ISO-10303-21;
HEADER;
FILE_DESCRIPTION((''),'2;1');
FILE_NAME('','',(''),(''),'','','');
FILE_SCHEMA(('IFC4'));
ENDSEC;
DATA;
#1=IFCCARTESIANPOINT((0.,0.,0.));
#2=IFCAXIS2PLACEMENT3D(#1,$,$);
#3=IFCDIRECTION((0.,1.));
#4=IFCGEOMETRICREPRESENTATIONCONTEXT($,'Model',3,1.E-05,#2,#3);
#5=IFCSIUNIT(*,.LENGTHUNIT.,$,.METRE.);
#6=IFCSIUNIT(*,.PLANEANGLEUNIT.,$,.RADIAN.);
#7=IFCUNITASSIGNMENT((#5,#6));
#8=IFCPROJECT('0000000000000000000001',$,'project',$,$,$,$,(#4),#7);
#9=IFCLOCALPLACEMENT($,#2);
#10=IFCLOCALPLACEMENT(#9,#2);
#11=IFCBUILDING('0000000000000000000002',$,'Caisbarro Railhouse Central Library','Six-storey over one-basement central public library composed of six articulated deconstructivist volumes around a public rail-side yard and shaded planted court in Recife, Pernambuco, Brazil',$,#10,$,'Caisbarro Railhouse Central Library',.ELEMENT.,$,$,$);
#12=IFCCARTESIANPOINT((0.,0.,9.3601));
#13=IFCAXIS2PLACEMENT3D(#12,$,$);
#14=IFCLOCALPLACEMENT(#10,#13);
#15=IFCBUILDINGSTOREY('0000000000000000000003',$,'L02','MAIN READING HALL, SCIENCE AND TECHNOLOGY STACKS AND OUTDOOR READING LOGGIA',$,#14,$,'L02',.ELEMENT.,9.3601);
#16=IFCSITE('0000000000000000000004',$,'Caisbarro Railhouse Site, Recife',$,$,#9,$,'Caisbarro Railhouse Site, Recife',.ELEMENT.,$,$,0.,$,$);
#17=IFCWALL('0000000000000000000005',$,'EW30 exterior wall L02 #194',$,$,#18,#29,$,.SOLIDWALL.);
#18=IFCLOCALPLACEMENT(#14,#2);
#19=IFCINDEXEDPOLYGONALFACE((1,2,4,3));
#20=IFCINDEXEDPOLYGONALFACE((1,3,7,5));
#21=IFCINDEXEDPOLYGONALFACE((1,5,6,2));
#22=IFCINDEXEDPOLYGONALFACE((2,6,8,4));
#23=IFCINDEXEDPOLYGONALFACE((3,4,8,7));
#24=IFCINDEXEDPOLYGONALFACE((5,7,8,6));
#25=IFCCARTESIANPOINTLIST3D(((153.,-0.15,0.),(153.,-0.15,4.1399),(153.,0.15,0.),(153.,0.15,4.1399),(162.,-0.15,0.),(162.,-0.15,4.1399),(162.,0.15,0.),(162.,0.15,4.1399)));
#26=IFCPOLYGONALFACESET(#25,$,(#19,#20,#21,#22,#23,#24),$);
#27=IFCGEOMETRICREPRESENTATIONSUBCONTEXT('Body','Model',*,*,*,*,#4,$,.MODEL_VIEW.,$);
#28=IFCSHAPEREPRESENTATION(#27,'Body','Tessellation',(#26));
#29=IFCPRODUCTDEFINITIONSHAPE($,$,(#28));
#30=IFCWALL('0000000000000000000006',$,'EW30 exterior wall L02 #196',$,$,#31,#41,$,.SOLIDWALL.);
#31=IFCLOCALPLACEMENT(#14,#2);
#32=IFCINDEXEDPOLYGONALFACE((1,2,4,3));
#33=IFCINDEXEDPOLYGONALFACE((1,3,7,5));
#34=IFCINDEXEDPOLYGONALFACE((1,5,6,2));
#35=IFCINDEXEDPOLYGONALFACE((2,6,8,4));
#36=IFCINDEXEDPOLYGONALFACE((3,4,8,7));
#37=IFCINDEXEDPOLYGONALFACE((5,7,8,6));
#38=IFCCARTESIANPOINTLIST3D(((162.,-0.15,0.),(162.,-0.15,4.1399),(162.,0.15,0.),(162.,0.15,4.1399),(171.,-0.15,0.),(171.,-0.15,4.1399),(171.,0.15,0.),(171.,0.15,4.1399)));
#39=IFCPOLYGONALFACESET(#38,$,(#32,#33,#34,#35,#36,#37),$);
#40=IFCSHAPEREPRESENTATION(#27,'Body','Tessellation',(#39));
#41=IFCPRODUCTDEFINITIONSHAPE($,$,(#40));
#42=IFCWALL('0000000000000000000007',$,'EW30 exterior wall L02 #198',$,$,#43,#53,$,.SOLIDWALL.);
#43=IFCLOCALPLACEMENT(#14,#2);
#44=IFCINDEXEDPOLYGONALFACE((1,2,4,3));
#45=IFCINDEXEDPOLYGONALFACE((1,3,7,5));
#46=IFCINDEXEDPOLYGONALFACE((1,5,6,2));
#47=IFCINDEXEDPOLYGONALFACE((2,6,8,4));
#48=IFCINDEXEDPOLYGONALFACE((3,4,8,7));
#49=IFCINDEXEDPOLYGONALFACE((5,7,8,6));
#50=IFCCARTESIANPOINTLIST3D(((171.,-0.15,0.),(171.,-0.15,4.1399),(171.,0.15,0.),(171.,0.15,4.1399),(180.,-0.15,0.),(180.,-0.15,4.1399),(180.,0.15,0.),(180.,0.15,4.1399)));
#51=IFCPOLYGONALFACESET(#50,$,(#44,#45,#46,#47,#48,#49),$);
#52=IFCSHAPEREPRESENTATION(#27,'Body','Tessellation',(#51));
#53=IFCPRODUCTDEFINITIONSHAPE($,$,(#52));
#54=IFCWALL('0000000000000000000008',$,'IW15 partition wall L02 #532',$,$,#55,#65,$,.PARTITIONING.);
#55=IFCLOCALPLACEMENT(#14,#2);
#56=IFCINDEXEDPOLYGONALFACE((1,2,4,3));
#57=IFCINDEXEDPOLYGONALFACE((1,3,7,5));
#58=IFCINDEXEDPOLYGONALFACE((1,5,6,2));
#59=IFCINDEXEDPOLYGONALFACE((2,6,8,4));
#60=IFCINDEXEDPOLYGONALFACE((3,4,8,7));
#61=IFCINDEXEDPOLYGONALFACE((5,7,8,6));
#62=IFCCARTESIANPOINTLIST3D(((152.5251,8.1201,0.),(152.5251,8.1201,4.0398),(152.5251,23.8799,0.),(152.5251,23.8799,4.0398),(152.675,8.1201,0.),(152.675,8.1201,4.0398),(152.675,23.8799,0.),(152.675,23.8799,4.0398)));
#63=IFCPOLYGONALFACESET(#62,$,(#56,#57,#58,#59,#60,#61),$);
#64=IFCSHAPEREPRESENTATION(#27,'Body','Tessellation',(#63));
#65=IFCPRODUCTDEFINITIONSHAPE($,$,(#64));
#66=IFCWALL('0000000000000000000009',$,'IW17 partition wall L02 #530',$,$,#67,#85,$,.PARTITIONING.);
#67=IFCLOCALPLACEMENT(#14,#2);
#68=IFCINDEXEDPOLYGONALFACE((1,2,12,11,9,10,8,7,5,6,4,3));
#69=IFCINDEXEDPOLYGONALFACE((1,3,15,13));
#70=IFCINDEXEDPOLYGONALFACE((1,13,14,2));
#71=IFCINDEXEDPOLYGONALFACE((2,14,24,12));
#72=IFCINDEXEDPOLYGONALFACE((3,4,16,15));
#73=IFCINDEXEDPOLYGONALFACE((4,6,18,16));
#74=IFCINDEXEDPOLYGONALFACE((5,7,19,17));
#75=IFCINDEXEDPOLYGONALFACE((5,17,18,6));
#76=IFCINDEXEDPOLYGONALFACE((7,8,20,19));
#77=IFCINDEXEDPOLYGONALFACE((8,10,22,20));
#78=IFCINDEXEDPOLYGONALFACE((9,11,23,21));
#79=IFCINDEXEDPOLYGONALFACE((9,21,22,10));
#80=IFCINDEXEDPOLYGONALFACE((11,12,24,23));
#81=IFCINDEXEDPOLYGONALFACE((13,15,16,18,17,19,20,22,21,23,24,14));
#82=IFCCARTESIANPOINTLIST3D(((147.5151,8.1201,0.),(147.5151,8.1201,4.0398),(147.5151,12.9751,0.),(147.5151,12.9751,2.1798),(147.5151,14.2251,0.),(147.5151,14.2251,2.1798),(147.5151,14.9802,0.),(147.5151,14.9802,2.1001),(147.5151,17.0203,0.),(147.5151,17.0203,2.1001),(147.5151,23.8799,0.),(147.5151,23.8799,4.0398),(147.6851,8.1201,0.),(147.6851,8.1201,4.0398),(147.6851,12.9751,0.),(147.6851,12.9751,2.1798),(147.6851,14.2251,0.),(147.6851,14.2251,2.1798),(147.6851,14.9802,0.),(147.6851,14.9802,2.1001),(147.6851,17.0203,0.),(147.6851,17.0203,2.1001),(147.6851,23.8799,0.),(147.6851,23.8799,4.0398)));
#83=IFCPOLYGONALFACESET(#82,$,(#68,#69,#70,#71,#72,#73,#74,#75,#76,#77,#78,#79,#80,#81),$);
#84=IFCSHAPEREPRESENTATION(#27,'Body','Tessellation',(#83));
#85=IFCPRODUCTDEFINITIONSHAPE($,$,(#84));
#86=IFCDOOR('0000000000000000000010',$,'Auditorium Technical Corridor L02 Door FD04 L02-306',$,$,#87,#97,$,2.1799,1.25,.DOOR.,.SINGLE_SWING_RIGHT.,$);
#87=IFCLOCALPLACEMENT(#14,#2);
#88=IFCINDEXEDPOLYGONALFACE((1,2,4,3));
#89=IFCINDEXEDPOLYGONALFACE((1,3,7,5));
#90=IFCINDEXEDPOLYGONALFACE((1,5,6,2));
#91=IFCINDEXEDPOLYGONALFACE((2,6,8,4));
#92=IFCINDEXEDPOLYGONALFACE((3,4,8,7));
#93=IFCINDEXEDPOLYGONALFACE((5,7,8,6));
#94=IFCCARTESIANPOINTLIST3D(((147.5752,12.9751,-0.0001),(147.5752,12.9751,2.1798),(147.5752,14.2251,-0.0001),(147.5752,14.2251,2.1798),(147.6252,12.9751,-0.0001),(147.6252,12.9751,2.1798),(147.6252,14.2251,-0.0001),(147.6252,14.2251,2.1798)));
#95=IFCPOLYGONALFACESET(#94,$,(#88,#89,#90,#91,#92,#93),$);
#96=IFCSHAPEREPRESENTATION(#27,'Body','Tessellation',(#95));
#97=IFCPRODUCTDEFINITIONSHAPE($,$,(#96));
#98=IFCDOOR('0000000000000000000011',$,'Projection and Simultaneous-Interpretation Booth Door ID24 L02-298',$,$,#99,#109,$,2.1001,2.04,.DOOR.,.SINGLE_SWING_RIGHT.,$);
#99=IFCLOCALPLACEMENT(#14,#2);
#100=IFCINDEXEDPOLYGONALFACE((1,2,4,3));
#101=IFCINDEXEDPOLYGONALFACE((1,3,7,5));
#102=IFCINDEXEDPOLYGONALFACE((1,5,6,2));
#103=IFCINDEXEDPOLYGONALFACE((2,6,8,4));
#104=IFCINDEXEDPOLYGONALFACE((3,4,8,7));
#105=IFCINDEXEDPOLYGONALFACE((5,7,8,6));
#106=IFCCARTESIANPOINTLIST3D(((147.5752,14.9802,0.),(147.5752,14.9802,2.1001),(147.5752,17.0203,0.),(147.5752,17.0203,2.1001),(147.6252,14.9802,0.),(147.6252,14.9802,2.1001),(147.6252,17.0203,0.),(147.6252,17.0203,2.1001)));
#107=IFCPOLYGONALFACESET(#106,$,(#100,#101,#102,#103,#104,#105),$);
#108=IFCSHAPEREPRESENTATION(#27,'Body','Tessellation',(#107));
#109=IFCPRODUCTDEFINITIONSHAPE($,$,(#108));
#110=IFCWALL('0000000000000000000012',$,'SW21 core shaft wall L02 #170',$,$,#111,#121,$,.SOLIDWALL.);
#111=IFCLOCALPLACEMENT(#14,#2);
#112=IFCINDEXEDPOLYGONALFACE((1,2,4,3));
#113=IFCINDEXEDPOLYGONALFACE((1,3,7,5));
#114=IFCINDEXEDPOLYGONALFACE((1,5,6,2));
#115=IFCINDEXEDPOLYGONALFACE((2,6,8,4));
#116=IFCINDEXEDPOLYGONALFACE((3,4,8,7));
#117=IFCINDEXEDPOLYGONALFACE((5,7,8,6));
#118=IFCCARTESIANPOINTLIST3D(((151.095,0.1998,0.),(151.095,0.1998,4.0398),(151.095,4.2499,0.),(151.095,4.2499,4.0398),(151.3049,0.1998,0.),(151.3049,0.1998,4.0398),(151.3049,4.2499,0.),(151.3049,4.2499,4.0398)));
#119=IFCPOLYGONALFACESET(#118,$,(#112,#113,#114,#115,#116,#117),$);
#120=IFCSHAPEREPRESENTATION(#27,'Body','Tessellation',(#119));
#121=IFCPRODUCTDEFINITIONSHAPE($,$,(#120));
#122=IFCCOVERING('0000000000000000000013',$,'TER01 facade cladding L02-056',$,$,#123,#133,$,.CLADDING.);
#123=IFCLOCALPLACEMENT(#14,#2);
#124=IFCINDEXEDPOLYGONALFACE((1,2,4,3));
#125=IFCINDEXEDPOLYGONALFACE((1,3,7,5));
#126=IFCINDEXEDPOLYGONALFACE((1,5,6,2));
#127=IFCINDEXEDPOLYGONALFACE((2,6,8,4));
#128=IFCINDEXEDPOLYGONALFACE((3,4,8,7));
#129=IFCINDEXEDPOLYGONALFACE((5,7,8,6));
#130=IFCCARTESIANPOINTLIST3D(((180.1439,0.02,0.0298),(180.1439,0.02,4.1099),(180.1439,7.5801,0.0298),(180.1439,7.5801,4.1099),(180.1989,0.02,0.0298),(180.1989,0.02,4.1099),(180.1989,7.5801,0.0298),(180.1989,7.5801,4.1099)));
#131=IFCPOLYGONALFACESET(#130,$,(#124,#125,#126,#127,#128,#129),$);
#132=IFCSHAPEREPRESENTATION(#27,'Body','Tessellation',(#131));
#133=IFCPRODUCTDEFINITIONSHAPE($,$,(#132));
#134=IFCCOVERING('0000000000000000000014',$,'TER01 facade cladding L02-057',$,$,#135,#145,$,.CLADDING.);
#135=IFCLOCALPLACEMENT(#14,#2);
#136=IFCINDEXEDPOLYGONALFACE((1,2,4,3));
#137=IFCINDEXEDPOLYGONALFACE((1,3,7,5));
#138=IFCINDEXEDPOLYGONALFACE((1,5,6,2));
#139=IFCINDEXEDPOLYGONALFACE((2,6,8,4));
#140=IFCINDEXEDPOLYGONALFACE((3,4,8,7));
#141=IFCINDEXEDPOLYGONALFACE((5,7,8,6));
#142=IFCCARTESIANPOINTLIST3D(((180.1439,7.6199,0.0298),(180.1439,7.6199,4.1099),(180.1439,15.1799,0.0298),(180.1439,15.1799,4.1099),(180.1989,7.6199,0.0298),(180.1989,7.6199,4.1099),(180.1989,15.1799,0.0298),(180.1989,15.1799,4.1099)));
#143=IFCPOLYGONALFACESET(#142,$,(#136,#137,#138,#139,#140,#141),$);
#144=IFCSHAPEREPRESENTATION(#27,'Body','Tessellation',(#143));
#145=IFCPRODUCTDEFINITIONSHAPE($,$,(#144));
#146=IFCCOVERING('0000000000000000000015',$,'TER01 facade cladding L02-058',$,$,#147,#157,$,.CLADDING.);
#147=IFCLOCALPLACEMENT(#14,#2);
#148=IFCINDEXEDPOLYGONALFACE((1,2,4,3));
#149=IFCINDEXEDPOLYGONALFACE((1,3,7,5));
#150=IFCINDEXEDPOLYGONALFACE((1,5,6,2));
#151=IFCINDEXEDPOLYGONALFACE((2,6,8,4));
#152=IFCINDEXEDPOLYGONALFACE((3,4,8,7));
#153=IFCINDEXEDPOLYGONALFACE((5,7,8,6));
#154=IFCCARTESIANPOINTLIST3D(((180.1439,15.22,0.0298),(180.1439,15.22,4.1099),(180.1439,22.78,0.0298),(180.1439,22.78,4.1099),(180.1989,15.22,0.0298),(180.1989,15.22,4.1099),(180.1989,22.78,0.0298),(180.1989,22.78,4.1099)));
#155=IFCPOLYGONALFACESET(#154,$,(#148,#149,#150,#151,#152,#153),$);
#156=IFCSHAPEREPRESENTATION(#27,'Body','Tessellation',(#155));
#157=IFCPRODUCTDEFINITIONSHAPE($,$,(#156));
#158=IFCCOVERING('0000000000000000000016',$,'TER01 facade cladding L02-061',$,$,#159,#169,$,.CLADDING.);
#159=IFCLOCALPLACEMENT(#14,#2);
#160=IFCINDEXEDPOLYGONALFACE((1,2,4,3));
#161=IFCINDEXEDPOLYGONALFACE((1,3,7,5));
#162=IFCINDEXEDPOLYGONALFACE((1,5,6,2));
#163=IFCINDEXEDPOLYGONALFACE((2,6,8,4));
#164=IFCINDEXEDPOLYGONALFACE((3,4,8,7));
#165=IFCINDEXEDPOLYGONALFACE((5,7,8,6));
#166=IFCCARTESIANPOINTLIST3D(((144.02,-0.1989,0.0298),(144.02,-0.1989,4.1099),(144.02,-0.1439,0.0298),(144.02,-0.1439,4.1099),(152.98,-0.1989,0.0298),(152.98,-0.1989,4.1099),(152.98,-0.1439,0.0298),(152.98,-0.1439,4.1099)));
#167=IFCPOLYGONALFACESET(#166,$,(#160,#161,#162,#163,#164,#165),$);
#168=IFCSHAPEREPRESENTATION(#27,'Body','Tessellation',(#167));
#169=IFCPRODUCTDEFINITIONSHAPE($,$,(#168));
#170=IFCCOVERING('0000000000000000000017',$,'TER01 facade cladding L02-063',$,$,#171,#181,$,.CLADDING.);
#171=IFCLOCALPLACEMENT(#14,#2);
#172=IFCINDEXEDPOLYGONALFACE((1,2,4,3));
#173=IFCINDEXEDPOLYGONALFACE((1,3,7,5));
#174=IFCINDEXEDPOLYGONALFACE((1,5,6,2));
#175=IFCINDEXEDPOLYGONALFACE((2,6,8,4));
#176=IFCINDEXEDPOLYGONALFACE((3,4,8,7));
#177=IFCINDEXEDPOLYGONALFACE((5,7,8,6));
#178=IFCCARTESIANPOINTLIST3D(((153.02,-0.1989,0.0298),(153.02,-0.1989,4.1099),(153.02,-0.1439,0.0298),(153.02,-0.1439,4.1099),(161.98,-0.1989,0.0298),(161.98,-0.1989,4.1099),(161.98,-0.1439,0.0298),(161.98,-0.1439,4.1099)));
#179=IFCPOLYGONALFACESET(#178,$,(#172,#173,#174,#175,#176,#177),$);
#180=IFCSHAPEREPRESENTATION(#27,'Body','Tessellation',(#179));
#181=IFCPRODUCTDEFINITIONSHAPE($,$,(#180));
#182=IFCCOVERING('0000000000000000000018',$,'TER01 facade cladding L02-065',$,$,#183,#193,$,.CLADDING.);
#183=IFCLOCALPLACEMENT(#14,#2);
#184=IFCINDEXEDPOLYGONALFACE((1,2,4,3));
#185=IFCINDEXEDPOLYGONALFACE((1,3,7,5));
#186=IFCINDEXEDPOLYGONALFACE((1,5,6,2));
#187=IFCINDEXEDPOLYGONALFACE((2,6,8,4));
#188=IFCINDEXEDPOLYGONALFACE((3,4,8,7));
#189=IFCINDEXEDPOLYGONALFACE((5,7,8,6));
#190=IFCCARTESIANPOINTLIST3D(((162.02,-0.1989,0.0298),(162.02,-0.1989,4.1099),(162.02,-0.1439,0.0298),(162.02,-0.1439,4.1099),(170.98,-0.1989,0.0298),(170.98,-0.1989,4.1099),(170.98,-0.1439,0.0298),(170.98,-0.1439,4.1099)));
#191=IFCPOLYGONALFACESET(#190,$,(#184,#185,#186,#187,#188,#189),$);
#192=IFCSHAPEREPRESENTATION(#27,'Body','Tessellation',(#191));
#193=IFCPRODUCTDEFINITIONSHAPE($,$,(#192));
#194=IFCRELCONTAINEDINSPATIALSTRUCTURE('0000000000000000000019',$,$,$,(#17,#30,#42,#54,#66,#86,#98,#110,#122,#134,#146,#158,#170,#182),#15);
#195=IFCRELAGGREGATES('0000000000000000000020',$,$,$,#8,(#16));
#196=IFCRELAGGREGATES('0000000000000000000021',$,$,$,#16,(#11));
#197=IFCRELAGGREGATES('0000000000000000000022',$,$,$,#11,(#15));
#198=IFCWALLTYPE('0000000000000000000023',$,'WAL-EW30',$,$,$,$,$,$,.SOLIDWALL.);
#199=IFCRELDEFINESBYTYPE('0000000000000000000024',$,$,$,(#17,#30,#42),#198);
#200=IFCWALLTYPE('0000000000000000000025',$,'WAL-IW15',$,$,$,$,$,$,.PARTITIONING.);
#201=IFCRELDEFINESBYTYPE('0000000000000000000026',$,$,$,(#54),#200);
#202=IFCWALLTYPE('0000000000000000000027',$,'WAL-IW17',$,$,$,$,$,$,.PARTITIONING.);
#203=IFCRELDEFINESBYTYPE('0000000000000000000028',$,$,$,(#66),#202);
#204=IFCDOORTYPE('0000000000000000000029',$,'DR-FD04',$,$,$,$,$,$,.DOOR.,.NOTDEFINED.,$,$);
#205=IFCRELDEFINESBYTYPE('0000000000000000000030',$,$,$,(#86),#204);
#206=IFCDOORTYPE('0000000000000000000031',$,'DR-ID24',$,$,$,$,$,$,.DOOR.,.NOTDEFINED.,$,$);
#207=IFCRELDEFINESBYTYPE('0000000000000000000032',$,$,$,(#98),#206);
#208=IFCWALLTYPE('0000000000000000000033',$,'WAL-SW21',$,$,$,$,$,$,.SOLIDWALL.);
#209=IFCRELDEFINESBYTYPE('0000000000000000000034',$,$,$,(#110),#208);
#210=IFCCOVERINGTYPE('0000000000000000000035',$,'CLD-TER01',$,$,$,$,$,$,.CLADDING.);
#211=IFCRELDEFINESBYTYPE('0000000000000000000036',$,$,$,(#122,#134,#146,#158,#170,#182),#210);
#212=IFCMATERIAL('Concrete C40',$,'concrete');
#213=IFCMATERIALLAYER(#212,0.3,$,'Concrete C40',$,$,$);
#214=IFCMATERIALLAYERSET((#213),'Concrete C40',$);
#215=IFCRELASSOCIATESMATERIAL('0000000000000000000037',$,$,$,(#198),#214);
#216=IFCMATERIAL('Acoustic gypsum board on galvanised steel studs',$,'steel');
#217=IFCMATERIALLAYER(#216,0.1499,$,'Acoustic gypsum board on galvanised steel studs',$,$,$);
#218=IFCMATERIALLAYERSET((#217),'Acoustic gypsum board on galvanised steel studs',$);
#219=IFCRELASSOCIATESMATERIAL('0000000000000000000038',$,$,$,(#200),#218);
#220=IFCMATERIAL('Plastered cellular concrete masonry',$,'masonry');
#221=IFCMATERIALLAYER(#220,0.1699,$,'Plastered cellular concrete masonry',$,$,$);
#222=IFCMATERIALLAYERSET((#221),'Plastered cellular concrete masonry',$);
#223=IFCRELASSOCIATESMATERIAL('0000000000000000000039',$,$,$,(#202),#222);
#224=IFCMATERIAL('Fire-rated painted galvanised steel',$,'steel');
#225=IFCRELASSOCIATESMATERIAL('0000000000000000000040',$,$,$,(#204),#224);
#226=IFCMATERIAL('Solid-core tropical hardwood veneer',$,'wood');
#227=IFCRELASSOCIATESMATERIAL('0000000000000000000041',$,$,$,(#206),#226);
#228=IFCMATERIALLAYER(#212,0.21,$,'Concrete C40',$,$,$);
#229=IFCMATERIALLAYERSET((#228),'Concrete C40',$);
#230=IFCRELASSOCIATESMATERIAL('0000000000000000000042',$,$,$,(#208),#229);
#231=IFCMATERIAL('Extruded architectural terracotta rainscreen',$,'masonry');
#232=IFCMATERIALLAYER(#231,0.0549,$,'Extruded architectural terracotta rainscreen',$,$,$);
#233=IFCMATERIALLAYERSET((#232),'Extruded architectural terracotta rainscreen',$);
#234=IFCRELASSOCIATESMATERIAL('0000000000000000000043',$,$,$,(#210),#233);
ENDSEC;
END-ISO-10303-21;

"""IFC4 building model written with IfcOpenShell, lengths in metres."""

from ifc_helpers import new_model, si_unit, direction, frame, frame_2d, origin, origin_2d, place, context, subcontext, project, spatial, rectangle, extrude, material, layer, layer_set, type_object, element, fill, save


model = new_model("IFC4")

# Units and contexts
model_context = context("Model", 3, precision=1e-05, world=origin(), true_north=direction((0.0, 1.0)))
body_context = subcontext(model_context, "Body", "Model", "MODEL_VIEW")
ifc_project = project(units=[si_unit("LENGTHUNIT", "METRE"), si_unit("PLANEANGLEUNIT", "RADIAN")], contexts=[model_context])

# Site, building, storey
site_placement = place(None, origin())
site = spatial("IfcSite", under=ifc_project, at=site_placement, Name="Caisbarro Railhouse Site, Recife", LongName="Caisbarro Railhouse Site, Recife", CompositionType="ELEMENT", RefElevation=0.0)
building_placement = place(site_placement, origin())
building = spatial("IfcBuilding", under=site, at=building_placement, Name="Caisbarro Railhouse Central Library", Description="Six-storey over one-basement central public library composed of six articulated deconstructivist volumes around a public rail-side yard and shaded planted court in Recife, Pernambuco, Brazil", LongName="Caisbarro Railhouse Central Library", CompositionType="ELEMENT")
storey_placement = place(building_placement, frame((0.0, 0.0, 9.3601)))
storey = spatial("IfcBuildingStorey", under=building, at=storey_placement, Name="L02", Description="MAIN READING HALL, SCIENCE AND TECHNOLOGY STACKS AND OUTDOOR READING LOGGIA", LongName="L02", CompositionType="ELEMENT", Elevation=9.3601)

# Walls
ifc_material_1 = material(Name="Concrete C40", Category="concrete")
ifc_layer_1 = layer(ifc_material_1, 0.3, Name="Concrete C40")
ifc_layer_set_1 = layer_set([ifc_layer_1], Name="Concrete C40")
wall_type_1 = type_object("IfcWallType", Name="WAL-EW30", PredefinedType="SOLIDWALL", material=ifc_layer_set_1)
for number, where, z_axis, x_axis, name in (
    (1, (153.0, 0.0, 0.0), (0.0, 0.0, 1.0), (1.0, 0.0, 0.0), "EW30 exterior wall L02 #194"),
    (2, (162.0, 0.0, 0.0), (0.0, 0.0, 1.0), (1.0, 0.0, 0.0), "EW30 exterior wall L02 #196"),
    (3, (171.0, 0.0, 0.0), (0.0, 0.0, 1.0), (1.0, 0.0, 0.0), "EW30 exterior wall L02 #198"),
):
    element("IfcWall", number, at=place(storey_placement, frame(where, z_axis=z_axis, x_axis=x_axis)), inside=storey, type_object=wall_type_1, Name=name, PredefinedType="SOLIDWALL", context=body_context, shape_type="SweptSolid", body=[
        extrude(rectangle(XDim=9.0, YDim=0.3, at=frame_2d((4.5, 0.0))), origin(), (0.0, 0.0, 1.0), 4.1399),
    ])
ifc_material_2 = material(Name="Acoustic gypsum board on galvanised steel studs", Category="steel")
ifc_layer_2 = layer(ifc_material_2, 0.1499, Name="Acoustic gypsum board on galvanised steel studs")
ifc_layer_set_2 = layer_set([ifc_layer_2], Name="Acoustic gypsum board on galvanised steel studs")
wall_type_2 = type_object("IfcWallType", Name="WAL-IW15", PredefinedType="PARTITIONING", material=ifc_layer_set_2)
wall_1_placement = place(storey_placement, frame((152.6001, 8.1201, 0.0), z_axis=(0.0, 0.0, 1.0), x_axis=(0.0, 1.0, 0.0)))
element("IfcWall", 4, at=wall_1_placement, inside=storey, type_object=wall_type_2, Name="IW15 partition wall L02 #532", PredefinedType="PARTITIONING", context=body_context, shape_type="SweptSolid", body=[
    extrude(rectangle(XDim=15.7598, YDim=0.1499, at=frame_2d((7.8799, 0.0))), origin(), (0.0, 0.0, 1.0), 4.0398),
])

# Wall, openings, doors
ifc_material_3 = material(Name="Plastered cellular concrete masonry", Category="masonry")
ifc_layer_3 = layer(ifc_material_3, 0.1699, Name="Plastered cellular concrete masonry")
ifc_layer_set_3 = layer_set([ifc_layer_3], Name="Plastered cellular concrete masonry")
wall_type_3 = type_object("IfcWallType", Name="WAL-IW17", PredefinedType="PARTITIONING", material=ifc_layer_set_3)
wall_2_placement = place(storey_placement, frame((147.6001, 8.1201, 0.0), z_axis=(0.0, 0.0, 1.0), x_axis=(0.0, 1.0, 0.0)))
wall_2 = element("IfcWall", 5, at=wall_2_placement, inside=storey, type_object=wall_type_3, Name="IW17 partition wall L02 #530", PredefinedType="PARTITIONING", context=body_context, shape_type="SweptSolid", body=[
    extrude(rectangle(XDim=15.7598, YDim=0.1699, at=frame_2d((7.8799, 0.0))), origin(), (0.0, 0.0, 1.0), 4.0398),
])
opening_1_placement = place(wall_2_placement, frame((6.8601, 0.0, 0.0)))
opening_1 = element("IfcOpeningElement", 6, at=opening_1_placement, cuts=wall_2, PredefinedType="OPENING", context=body_context, shape_type="SweptSolid", body=[
    extrude(rectangle(XDim=2.04, YDim=2.1001, at=frame_2d((1.02, 1.05))), frame((0.0, 0.095, 0.0), z_axis=(0.0, -1.0, 0.0), x_axis=(1.0, 0.0, 0.0)), (0.0, 0.0, 1.0), 0.1899),
])
opening_2_placement = place(wall_2_placement, frame((4.855, 0.0, 0.0)))
opening_2 = element("IfcOpeningElement", 7, at=opening_2_placement, cuts=wall_2, PredefinedType="OPENING", context=body_context, shape_type="SweptSolid", body=[
    extrude(rectangle(XDim=1.25, YDim=2.1799, at=frame_2d((0.625, 1.0898))), frame((0.0, 0.095, 0.0), z_axis=(0.0, -1.0, 0.0), x_axis=(1.0, 0.0, 0.0)), (0.0, 0.0, 1.0), 0.1899),
])
ifc_material_4 = material(Name="Fire-rated painted galvanised steel", Category="steel")
door_type_1 = type_object("IfcDoorType", Name="DR-FD04", OperationType="NOTDEFINED", PredefinedType="DOOR", material=ifc_material_4)
door_1_placement = place(opening_2_placement, origin())
door_1 = element("IfcDoor", 8, at=door_1_placement, inside=storey, type_object=door_type_1, Name="Auditorium Technical Corridor L02 Door FD04 L02-306", OperationType="SINGLE_SWING_RIGHT", OverallHeight=2.1799, OverallWidth=1.25, PredefinedType="DOOR", context=body_context, shape_type="SweptSolid", body=[
    extrude(rectangle(XDim=1.25, YDim=2.1799, at=frame_2d((0.625, 1.0898))), frame((0.0, 0.0249, 0.0), z_axis=(0.0, -1.0, 0.0), x_axis=(1.0, 0.0, 0.0)), (0.0, 0.0, 1.0), 0.05),
])
fill(opening_2, door_1)
ifc_material_5 = material(Name="Solid-core tropical hardwood veneer", Category="wood")
door_type_2 = type_object("IfcDoorType", Name="DR-ID24", OperationType="NOTDEFINED", PredefinedType="DOOR", material=ifc_material_5)
door_2_placement = place(opening_1_placement, origin())
door_2 = element("IfcDoor", 9, at=door_2_placement, inside=storey, type_object=door_type_2, Name="Projection and Simultaneous-Interpretation Booth Door ID24 L02-298", OperationType="SINGLE_SWING_RIGHT", OverallHeight=2.1001, OverallWidth=2.04, PredefinedType="DOOR", context=body_context, shape_type="SweptSolid", body=[
    extrude(rectangle(XDim=2.04, YDim=2.1001, at=frame_2d((1.02, 1.05))), frame((0.0, 0.0249, 0.0), z_axis=(0.0, -1.0, 0.0), x_axis=(1.0, 0.0, 0.0)), (0.0, 0.0, 1.0), 0.05),
])
fill(opening_1, door_2)

# Wall
ifc_layer_4 = layer(ifc_material_1, 0.21, Name="Concrete C40")
ifc_layer_set_4 = layer_set([ifc_layer_4], Name="Concrete C40")
wall_type_4 = type_object("IfcWallType", Name="WAL-SW21", PredefinedType="SOLIDWALL", material=ifc_layer_set_4)
wall_3_placement = place(storey_placement, frame((151.2, 0.2, 0.0), z_axis=(0.0, 0.0, 1.0), x_axis=(0.0, 1.0, 0.0)))
element("IfcWall", 10, at=wall_3_placement, inside=storey, type_object=wall_type_4, Name="SW21 core shaft wall L02 #170", PredefinedType="SOLIDWALL", context=body_context, shape_type="SweptSolid", body=[
    extrude(rectangle(XDim=4.05, YDim=0.21, at=frame_2d((2.0249, 0.0))), origin(), (0.0, 0.0, 1.0), 4.0398),
])

# Coverings
ifc_material_6 = material(Name="Extruded architectural terracotta rainscreen", Category="masonry")
ifc_layer_5 = layer(ifc_material_6, 0.0549, Name="Extruded architectural terracotta rainscreen")
ifc_layer_set_5 = layer_set([ifc_layer_5], Name="Extruded architectural terracotta rainscreen")
covering_type = type_object("IfcCoveringType", Name="CLD-TER01", PredefinedType="CLADDING", material=ifc_layer_set_5)
for number, where, z_axis, x_axis, name in (
    (11, (180.1714, 3.8, 0.0298), (0.0, 0.0, 1.0), (0.0, 1.0, 0.0), "TER01 facade cladding L02-056"),
    (12, (180.1714, 11.3999, 0.0298), (0.0, 0.0, 1.0), (0.0, 1.0, 0.0), "TER01 facade cladding L02-057"),
    (13, (180.1714, 19.0, 0.0298), (0.0, 0.0, 1.0), (0.0, 1.0, 0.0), "TER01 facade cladding L02-058"),
):
    element("IfcCovering", number, at=place(storey_placement, frame(where, z_axis=z_axis, x_axis=x_axis)), inside=storey, type_object=covering_type, Name=name, PredefinedType="CLADDING", context=body_context, shape_type="SweptSolid", body=[
        extrude(rectangle(XDim=7.5601, YDim=0.0549, at=origin_2d()), origin(), (0.0, 0.0, 1.0), 4.0801),
    ])
for number, where, z_axis, x_axis, name in (
    (14, (148.5, -0.1714, 0.0298), (0.0, 0.0, 1.0), (1.0, 0.0, 0.0), "TER01 facade cladding L02-061"),
    (15, (157.5, -0.1714, 0.0298), (0.0, 0.0, 1.0), (1.0, 0.0, 0.0), "TER01 facade cladding L02-063"),
    (16, (166.5, -0.1714, 0.0298), (0.0, 0.0, 1.0), (1.0, 0.0, 0.0), "TER01 facade cladding L02-065"),
):
    element("IfcCovering", number, at=place(storey_placement, frame(where, z_axis=z_axis, x_axis=x_axis)), inside=storey, type_object=covering_type, Name=name, PredefinedType="CLADDING", context=body_context, shape_type="SweptSolid", body=[
        extrude(rectangle(XDim=8.96, YDim=0.0549, at=origin_2d()), origin(), (0.0, 0.0, 1.0), 4.0801),
    ])

save(model, "model.ifc")
